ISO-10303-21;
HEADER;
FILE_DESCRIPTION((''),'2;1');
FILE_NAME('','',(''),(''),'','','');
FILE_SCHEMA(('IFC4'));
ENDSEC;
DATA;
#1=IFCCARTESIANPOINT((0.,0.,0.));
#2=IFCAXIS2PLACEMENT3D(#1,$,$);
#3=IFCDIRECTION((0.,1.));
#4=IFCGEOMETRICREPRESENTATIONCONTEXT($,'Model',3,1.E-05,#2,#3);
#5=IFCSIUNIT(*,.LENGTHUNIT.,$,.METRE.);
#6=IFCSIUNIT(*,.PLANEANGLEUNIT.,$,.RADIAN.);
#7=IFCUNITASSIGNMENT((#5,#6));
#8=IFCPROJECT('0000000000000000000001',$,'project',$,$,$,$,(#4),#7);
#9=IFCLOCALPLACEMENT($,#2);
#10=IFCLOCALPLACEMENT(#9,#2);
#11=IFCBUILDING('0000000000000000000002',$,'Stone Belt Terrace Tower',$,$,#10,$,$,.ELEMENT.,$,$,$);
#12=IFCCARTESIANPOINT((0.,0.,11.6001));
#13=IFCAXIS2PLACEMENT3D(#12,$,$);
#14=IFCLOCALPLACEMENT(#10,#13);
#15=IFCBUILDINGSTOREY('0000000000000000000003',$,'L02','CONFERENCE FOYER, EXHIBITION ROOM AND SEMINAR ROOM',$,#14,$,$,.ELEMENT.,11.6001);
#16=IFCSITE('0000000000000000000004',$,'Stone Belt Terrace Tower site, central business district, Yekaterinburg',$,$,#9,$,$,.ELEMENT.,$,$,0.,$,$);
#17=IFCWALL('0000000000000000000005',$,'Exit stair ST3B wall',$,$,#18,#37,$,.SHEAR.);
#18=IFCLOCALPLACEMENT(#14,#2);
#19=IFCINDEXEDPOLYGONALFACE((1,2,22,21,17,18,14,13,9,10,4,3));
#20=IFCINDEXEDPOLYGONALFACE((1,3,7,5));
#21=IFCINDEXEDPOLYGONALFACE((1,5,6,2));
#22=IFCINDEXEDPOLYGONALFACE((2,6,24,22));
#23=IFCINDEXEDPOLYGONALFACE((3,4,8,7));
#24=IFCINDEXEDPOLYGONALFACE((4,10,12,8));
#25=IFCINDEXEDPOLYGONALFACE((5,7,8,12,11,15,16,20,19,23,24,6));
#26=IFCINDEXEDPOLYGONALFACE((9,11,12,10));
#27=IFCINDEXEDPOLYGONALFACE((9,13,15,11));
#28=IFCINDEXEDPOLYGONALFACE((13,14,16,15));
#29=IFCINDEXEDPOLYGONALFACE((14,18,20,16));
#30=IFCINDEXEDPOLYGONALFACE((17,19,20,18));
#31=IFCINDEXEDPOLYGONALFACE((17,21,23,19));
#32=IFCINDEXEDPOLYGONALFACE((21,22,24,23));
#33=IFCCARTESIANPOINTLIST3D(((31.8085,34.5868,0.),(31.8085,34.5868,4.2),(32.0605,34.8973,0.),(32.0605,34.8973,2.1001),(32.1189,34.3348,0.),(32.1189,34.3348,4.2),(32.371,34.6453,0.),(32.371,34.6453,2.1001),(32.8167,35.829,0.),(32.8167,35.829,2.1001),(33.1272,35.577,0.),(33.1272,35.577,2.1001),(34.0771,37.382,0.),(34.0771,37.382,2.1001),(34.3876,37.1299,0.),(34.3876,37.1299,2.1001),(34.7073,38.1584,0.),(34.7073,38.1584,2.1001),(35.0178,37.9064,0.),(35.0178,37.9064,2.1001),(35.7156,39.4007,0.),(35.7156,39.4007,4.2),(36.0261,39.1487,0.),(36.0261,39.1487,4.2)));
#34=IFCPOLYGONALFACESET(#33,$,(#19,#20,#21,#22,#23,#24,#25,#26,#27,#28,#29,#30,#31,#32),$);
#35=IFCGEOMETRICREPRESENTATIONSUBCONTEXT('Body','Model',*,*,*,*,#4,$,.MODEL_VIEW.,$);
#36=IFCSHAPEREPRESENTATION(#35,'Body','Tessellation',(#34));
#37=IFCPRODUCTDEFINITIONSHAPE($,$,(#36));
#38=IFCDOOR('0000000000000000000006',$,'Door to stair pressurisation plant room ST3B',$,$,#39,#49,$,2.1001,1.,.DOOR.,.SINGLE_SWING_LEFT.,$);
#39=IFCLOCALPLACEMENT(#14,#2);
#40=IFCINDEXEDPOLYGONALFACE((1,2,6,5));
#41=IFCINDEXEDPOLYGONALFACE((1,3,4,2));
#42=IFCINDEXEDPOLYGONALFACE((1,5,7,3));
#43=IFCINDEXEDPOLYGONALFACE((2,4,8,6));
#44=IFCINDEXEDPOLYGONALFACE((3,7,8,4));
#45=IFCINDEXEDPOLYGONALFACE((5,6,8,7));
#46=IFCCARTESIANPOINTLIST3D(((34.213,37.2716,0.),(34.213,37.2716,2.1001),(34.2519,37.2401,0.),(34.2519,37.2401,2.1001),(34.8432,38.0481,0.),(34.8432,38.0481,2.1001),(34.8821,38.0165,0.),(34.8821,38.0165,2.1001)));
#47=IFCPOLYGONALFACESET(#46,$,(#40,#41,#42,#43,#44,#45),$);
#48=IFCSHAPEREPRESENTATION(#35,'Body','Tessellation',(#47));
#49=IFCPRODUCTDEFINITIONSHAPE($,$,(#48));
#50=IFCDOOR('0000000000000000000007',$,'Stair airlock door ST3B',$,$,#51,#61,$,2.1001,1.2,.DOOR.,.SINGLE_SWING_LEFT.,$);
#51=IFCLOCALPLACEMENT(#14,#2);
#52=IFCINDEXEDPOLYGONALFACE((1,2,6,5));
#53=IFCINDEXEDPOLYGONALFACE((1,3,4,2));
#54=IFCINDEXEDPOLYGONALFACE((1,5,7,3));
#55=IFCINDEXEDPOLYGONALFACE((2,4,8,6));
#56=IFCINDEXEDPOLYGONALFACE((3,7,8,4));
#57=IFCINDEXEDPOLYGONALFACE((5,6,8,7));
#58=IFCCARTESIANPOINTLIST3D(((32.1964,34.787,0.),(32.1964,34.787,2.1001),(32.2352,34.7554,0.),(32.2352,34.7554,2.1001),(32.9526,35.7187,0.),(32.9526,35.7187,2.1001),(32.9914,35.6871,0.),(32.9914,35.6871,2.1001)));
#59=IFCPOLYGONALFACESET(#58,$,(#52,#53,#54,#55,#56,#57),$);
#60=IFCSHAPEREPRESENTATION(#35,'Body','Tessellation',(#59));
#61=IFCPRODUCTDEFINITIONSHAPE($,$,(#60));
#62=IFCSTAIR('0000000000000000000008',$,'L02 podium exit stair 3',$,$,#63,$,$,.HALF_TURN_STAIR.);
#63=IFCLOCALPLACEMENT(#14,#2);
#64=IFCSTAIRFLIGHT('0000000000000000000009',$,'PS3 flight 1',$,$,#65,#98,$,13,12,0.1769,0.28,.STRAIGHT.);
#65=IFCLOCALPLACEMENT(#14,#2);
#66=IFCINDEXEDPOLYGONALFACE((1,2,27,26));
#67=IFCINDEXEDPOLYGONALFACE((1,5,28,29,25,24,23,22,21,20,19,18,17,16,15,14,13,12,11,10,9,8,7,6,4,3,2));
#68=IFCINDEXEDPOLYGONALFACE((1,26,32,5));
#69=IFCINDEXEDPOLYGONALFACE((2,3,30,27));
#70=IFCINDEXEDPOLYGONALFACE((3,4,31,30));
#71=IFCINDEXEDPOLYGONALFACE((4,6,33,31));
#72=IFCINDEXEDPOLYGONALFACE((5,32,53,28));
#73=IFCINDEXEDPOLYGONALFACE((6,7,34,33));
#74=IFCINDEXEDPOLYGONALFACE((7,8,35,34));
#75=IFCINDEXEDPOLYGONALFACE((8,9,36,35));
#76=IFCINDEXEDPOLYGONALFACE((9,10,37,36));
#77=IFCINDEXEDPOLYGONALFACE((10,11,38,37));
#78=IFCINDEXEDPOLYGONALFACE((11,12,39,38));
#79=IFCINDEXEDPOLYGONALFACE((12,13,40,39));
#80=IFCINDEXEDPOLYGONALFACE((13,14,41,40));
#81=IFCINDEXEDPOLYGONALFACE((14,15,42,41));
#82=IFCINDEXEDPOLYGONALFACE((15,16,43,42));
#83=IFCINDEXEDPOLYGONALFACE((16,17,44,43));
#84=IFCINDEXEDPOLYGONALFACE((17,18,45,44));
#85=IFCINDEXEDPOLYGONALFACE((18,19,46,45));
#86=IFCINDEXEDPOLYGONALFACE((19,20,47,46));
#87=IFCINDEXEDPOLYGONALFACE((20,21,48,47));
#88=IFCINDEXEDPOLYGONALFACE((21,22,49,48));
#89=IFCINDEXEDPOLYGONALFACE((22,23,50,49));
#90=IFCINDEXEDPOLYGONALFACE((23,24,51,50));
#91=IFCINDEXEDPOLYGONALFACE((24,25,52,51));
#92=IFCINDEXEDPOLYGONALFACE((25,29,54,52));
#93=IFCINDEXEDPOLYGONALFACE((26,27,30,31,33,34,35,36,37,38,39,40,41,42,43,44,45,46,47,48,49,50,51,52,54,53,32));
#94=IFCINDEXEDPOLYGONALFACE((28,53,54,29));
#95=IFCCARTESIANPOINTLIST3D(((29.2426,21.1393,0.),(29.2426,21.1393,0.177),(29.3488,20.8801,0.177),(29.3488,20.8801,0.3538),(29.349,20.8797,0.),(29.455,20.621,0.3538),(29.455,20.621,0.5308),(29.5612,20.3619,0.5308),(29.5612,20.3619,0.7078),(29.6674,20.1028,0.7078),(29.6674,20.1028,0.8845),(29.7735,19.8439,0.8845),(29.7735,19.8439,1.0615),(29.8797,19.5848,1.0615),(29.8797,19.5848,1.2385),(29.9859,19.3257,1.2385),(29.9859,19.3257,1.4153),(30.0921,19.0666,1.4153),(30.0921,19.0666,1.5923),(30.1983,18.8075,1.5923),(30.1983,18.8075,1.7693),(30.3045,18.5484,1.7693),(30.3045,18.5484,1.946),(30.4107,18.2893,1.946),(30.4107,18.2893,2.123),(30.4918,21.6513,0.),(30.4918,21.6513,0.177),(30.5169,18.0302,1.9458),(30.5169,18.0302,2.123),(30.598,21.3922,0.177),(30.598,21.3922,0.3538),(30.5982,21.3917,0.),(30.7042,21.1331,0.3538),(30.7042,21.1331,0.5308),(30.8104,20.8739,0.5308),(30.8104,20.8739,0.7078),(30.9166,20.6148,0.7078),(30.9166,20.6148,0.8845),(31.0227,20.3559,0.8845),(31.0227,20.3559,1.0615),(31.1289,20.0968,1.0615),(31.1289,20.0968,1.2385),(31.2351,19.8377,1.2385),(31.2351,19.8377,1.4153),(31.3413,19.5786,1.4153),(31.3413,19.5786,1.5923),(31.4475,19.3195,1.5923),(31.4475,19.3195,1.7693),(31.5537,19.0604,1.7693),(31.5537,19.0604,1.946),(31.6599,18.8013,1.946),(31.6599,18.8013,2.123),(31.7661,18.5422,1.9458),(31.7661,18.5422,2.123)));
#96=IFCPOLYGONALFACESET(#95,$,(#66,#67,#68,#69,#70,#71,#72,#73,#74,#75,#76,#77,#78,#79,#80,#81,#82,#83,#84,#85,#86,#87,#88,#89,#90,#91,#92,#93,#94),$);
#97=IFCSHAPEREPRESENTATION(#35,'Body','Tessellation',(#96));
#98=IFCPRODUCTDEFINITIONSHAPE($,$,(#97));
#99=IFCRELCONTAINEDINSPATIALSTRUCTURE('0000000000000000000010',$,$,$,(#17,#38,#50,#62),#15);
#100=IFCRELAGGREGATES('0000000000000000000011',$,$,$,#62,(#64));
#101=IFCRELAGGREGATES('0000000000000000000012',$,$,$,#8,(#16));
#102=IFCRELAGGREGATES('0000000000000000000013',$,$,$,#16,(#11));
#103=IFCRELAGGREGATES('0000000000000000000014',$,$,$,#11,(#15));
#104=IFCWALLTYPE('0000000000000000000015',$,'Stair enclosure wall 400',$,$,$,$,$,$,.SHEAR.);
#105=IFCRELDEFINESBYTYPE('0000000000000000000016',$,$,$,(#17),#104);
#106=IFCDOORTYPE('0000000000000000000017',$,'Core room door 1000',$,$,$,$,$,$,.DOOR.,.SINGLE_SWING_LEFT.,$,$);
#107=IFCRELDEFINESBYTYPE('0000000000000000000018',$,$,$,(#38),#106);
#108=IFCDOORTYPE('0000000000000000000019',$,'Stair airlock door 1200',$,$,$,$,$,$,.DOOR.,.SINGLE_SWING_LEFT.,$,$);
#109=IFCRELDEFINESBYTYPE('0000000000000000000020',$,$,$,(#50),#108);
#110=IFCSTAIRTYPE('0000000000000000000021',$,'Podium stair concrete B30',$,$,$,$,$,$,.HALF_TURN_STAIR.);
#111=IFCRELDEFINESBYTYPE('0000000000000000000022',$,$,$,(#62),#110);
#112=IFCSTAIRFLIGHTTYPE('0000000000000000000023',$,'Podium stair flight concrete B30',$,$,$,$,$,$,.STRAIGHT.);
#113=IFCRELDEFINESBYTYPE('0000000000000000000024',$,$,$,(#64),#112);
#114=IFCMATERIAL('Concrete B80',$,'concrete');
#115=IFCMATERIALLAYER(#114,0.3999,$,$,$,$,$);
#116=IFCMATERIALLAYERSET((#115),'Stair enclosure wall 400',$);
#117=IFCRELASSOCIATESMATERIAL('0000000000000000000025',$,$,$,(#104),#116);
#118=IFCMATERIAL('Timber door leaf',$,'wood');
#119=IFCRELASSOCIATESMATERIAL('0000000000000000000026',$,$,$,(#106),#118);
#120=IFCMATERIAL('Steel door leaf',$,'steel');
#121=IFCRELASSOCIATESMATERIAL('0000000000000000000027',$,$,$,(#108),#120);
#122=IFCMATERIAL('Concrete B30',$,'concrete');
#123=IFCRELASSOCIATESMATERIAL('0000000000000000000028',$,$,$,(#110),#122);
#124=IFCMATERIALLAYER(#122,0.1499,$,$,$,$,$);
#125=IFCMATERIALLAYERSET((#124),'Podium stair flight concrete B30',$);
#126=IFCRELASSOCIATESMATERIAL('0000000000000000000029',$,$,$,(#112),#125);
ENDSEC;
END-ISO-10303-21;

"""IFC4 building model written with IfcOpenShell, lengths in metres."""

from ifc_helpers import new_model, si_unit, direction, frame, frame_2d, origin, place, context, subcontext, project, spatial, polyline, rectangle, outline, extrude, material, layer, layer_set, type_object, element, fill, aggregate, save


model = new_model("IFC4")

# Units and contexts
model_context = context("Model", 3, precision=1e-05, world=origin(), true_north=direction((0.0, 1.0)))
body_context = subcontext(model_context, "Body", "Model", "MODEL_VIEW")
ifc_project = project(units=[si_unit("LENGTHUNIT", "METRE"), si_unit("PLANEANGLEUNIT", "RADIAN")], contexts=[model_context])

# Site, building, storey
site_placement = place(None, origin())
site = spatial("IfcSite", under=ifc_project, at=site_placement, Name="Stone Belt Terrace Tower site, central business district, Yekaterinburg", CompositionType="ELEMENT", RefElevation=0.0)
building_placement = place(site_placement, origin())
building = spatial("IfcBuilding", under=site, at=building_placement, Name="Stone Belt Terrace Tower", CompositionType="ELEMENT")
storey_placement = place(building_placement, frame((0.0, 0.0, 11.6001)))
storey = spatial("IfcBuildingStorey", under=building, at=storey_placement, Name="L02", Description="CONFERENCE FOYER, EXHIBITION ROOM AND SEMINAR ROOM", CompositionType="ELEMENT", Elevation=11.6001)

# Shared definitions
ifc_material_1 = material(Name="Concrete B80", Category="concrete")

# Shared definitions
ifc_material_2 = material(Name="Concrete B30", Category="concrete")

# Wall, openings, doors
ifc_layer_1 = layer(ifc_material_1, 0.3999)
ifc_layer_set_1 = layer_set([ifc_layer_1], Name="Stair enclosure wall 400")
wall_type_1 = type_object("IfcWallType", Name="Stair enclosure wall 400", PredefinedType="SHEAR", material=ifc_layer_set_1)
wall_1_placement = place(storey_placement, frame((31.9636, 34.4607, 0.0), z_axis=(0.0, 0.0, 1.0), x_axis=(0.630192, 0.776439, 0.0)))
wall_1 = element("IfcWall", 1, at=wall_1_placement, inside=storey, type_object=wall_type_1, Name="Exit stair ST3B wall", PredefinedType="SHEAR", context=body_context, shape_type="SweptSolid", body=[
    extrude(rectangle(XDim=6.2, YDim=0.3999, at=frame_2d((3.1001, 0.0))), origin(), (0.0, 0.0, 1.0), 4.2),
])
opening_1_placement = place(wall_1_placement, frame((0.3999, 0.0, 0.0)))
opening_1 = element("IfcOpeningElement", 2, at=opening_1_placement, cuts=wall_1, PredefinedType="OPENING", context=body_context, shape_type="SweptSolid", body=[
    extrude(rectangle(XDim=1.2, YDim=2.1001, at=frame_2d((0.6001, 1.05))), frame((0.0, 0.21, 0.0), z_axis=(0.0, -1.0, 0.0), x_axis=(1.0, 0.0, 0.0)), (0.0, 0.0, 1.0), 0.4199),
])
opening_2_placement = place(wall_1_placement, frame((3.6001, 0.0, 0.0)))
opening_2 = element("IfcOpeningElement", 3, at=opening_2_placement, cuts=wall_1, PredefinedType="OPENING", context=body_context, shape_type="SweptSolid", body=[
    extrude(rectangle(XDim=1.0, YDim=2.1001, at=frame_2d((0.5, 1.05))), frame((0.0, 0.21, 0.0), z_axis=(0.0, -1.0, 0.0), x_axis=(1.0, 0.0, 0.0)), (0.0, 0.0, 1.0), 0.4199),
])
ifc_material_3 = material(Name="Timber door leaf", Category="wood")
door_type_1 = type_object("IfcDoorType", Name="Core room door 1000", OperationType="SINGLE_SWING_LEFT", PredefinedType="DOOR", material=ifc_material_3)
door_1_placement = place(opening_2_placement, origin())
door_1 = element("IfcDoor", 4, at=door_1_placement, inside=storey, type_object=door_type_1, Name="Door to stair pressurisation plant room ST3B", OperationType="SINGLE_SWING_LEFT", OverallHeight=2.1001, OverallWidth=1.0, PredefinedType="DOOR", context=body_context, shape_type="SweptSolid", body=[
    extrude(rectangle(XDim=1.0, YDim=2.1001, at=frame_2d((0.5, 1.05))), frame((0.0, 0.0249, 0.0), z_axis=(0.0, -1.0, 0.0), x_axis=(1.0, 0.0, 0.0)), (0.0, 0.0, 1.0), 0.05),
])
fill(opening_2, door_1)
ifc_material_4 = material(Name="Steel door leaf", Category="steel")
door_type_2 = type_object("IfcDoorType", Name="Stair airlock door 1200", OperationType="SINGLE_SWING_LEFT", PredefinedType="DOOR", material=ifc_material_4)
door_2_placement = place(opening_1_placement, origin())
door_2 = element("IfcDoor", 5, at=door_2_placement, inside=storey, type_object=door_type_2, Name="Stair airlock door ST3B", OperationType="SINGLE_SWING_LEFT", OverallHeight=2.1001, OverallWidth=1.2, PredefinedType="DOOR", context=body_context, shape_type="SweptSolid", body=[
    extrude(rectangle(XDim=1.2, YDim=2.1001, at=frame_2d((0.6001, 1.05))), frame((0.0, 0.0249, 0.0), z_axis=(0.0, -1.0, 0.0), x_axis=(1.0, 0.0, 0.0)), (0.0, 0.0, 1.0), 0.05),
])
fill(opening_1, door_2)

# Stair, stair flight
stair_type = type_object("IfcStairType", Name="Podium stair concrete B30", PredefinedType="HALF_TURN_STAIR", material=ifc_material_2)
stair_placement = place(storey_placement, origin())
stair = element("IfcStair", 6, at=stair_placement, inside=storey, type_object=stair_type, Name="L02 podium exit stair 3", PredefinedType="HALF_TURN_STAIR")
ifc_layer_2 = layer(ifc_material_2, 0.1499)
ifc_layer_set_2 = layer_set([ifc_layer_2], Name="Podium stair flight concrete B30")
stair_flight_type = type_object("IfcStairFlightType", Name="Podium stair flight concrete B30", PredefinedType="STRAIGHT", material=ifc_layer_set_2)
stair_flight_placement = place(storey_placement, frame((29.8672, 21.3953, 0.0), z_axis=(0.0, 0.0, 1.0), x_axis=(0.379243, -0.925297, 0.0)))
stair_flight = element("IfcStairFlight", 7, at=stair_flight_placement, type_object=stair_flight_type, Name="PS3 flight 1", NumberOfRisers=13, NumberOfTreads=12, PredefinedType="STRAIGHT", RiserHeight=0.1769, TreadLength=0.28, context=body_context, shape_type="SweptSolid", body=[
    extrude(outline(polyline([(0.0, 0.0), (0.0, 0.177), (0.28, 0.177), (0.28, 0.3538), (0.5601, 0.3538), (0.5601, 0.5308), (0.8401, 0.5308), (0.8401, 0.7078), (1.1201, 0.7078), (1.1201, 0.8845), (1.3999, 0.8845), (1.3999, 1.0615), (1.6799, 1.0615), (1.6799, 1.2385), (1.96, 1.2385), (1.96, 1.4153), (2.24, 1.4153), (2.24, 1.5923), (2.52, 1.5923), (2.52, 1.7693), (2.8, 1.7693), (2.8, 1.946), (3.0801, 1.946), (3.0801, 2.123), (3.3601, 2.123), (3.3601, 2.3), (3.3601, 1.9458), (0.2805, 0.0), (0.0, 0.0)])), frame((0.0, 0.675, 0.0), z_axis=(0.0, -1.0, 0.0), x_axis=(1.0, 0.0, 0.0)), (0.0, 0.0, 1.0), 1.3501),
])
aggregate(stair, [stair_flight])

save(model, "model.ifc")
